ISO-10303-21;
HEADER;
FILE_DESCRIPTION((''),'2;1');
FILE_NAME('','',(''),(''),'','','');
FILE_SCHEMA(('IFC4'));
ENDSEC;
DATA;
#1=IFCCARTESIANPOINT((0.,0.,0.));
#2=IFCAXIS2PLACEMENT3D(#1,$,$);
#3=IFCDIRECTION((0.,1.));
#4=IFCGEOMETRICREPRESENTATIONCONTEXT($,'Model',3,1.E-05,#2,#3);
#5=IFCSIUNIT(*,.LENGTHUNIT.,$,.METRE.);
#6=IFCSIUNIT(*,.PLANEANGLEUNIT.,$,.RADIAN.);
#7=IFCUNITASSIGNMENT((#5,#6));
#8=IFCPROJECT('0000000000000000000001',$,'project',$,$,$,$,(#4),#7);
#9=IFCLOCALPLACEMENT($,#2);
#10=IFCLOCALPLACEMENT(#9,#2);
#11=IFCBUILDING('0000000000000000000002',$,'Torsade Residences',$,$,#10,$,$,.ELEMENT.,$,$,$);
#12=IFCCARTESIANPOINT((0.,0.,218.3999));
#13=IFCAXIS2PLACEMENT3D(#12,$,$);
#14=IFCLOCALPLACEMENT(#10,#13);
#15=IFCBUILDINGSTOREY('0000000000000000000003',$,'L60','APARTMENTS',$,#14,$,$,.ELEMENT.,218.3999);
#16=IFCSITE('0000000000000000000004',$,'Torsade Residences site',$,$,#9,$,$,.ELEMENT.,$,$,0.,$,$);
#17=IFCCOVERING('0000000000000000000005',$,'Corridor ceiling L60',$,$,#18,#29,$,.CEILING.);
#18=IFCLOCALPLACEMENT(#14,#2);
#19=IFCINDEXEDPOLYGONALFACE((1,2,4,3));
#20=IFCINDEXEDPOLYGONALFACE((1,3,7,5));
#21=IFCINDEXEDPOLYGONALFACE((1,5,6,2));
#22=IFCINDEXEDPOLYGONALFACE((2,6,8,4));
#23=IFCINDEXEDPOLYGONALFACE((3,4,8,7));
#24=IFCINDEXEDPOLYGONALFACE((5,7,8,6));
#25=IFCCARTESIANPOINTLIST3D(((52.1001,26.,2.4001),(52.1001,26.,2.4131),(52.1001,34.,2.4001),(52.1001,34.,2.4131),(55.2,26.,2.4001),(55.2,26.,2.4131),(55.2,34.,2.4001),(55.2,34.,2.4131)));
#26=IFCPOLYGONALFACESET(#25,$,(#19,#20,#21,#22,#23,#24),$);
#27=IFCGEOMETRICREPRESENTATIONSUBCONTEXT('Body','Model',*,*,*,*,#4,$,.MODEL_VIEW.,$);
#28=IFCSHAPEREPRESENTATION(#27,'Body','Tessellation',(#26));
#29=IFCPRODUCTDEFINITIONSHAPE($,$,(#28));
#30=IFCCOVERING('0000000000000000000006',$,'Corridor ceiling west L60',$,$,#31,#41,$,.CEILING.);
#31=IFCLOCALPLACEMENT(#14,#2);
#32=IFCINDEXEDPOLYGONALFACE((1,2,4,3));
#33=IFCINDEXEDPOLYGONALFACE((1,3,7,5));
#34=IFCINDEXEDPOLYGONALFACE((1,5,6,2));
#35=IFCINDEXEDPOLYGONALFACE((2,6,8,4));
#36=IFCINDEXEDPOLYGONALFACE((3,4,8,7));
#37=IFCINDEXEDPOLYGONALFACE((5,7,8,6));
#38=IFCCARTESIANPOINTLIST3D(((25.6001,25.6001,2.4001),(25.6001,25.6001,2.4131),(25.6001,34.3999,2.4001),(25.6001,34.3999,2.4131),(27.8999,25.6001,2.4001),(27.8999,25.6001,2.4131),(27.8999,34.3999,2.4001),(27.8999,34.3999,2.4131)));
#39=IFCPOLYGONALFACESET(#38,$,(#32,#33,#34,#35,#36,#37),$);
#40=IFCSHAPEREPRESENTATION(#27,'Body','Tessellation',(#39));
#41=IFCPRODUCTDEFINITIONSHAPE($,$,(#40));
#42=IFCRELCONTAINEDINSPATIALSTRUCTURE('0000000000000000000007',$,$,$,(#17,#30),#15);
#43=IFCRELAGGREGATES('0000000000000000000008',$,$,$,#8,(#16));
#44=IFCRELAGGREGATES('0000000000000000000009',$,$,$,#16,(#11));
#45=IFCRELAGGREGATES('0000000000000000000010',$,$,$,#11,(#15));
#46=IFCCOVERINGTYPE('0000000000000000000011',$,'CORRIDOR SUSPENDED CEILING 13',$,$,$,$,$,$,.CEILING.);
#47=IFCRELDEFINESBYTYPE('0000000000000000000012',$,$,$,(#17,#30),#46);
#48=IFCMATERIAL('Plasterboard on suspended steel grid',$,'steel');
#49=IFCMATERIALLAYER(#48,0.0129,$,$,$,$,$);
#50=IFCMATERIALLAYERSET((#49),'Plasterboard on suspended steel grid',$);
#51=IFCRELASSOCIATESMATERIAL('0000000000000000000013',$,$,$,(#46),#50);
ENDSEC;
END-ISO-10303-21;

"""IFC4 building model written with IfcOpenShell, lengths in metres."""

from ifc_helpers import new_model, si_unit, direction, frame, origin, place, context, subcontext, project, spatial, polyline, outline, extrude, material, layer, layer_set, type_object, element, save


model = new_model("IFC4")

# Units and contexts
model_context = context("Model", 3, precision=1e-05, world=origin(), true_north=direction((0.0, 1.0)))
body_context = subcontext(model_context, "Body", "Model", "MODEL_VIEW")
ifc_project = project(units=[si_unit("LENGTHUNIT", "METRE"), si_unit("PLANEANGLEUNIT", "RADIAN")], contexts=[model_context])

# Site, building, storey
site_placement = place(None, origin())
site = spatial("IfcSite", under=ifc_project, at=site_placement, Name="Torsade Residences site", CompositionType="ELEMENT", RefElevation=0.0)
building_placement = place(site_placement, origin())
building = spatial("IfcBuilding", under=site, at=building_placement, Name="Torsade Residences", CompositionType="ELEMENT")
storey_placement = place(building_placement, frame((0.0, 0.0, 218.3999)))
storey = spatial("IfcBuildingStorey", under=building, at=storey_placement, Name="L60", Description="APARTMENTS", CompositionType="ELEMENT", Elevation=218.3999)

# Coverings
ifc_material_1 = material(Name="Plasterboard on suspended steel grid", Category="steel")
ifc_layer_1 = layer(ifc_material_1, 0.0129)
ifc_layer_set_1 = layer_set([ifc_layer_1], Name="Plasterboard on suspended steel grid")
covering_type_1 = type_object("IfcCoveringType", Name="CORRIDOR SUSPENDED CEILING 13", PredefinedType="CEILING", material=ifc_layer_set_1)
covering_1_placement = place(storey_placement, frame((0.0, 0.0, 2.4001)))
element("IfcCovering", 1, at=covering_1_placement, inside=storey, type_object=covering_type_1, Name="Corridor ceiling L60", PredefinedType="CEILING", context=body_context, shape_type="SweptSolid", body=[
    extrude(outline(polyline([(55.2, 26.0), (55.2, 34.0), (52.1001, 34.0), (52.1001, 26.0), (55.2, 26.0)])), origin(), (0.0, 0.0, 1.0), 0.0129),
])
covering_2_placement = place(storey_placement, frame((0.0, 0.0, 2.4001)))
element("IfcCovering", 2, at=covering_2_placement, inside=storey, type_object=covering_type_1, Name="Corridor ceiling west L60", PredefinedType="CEILING", context=body_context, shape_type="SweptSolid", body=[
    extrude(outline(polyline([(27.8999, 25.6001), (27.8999, 34.3999), (25.6001, 34.3999), (25.6001, 25.6001), (27.8999, 25.6001)])), origin(), (0.0, 0.0, 1.0), 0.0129),
])

save(model, "model.ifc")
